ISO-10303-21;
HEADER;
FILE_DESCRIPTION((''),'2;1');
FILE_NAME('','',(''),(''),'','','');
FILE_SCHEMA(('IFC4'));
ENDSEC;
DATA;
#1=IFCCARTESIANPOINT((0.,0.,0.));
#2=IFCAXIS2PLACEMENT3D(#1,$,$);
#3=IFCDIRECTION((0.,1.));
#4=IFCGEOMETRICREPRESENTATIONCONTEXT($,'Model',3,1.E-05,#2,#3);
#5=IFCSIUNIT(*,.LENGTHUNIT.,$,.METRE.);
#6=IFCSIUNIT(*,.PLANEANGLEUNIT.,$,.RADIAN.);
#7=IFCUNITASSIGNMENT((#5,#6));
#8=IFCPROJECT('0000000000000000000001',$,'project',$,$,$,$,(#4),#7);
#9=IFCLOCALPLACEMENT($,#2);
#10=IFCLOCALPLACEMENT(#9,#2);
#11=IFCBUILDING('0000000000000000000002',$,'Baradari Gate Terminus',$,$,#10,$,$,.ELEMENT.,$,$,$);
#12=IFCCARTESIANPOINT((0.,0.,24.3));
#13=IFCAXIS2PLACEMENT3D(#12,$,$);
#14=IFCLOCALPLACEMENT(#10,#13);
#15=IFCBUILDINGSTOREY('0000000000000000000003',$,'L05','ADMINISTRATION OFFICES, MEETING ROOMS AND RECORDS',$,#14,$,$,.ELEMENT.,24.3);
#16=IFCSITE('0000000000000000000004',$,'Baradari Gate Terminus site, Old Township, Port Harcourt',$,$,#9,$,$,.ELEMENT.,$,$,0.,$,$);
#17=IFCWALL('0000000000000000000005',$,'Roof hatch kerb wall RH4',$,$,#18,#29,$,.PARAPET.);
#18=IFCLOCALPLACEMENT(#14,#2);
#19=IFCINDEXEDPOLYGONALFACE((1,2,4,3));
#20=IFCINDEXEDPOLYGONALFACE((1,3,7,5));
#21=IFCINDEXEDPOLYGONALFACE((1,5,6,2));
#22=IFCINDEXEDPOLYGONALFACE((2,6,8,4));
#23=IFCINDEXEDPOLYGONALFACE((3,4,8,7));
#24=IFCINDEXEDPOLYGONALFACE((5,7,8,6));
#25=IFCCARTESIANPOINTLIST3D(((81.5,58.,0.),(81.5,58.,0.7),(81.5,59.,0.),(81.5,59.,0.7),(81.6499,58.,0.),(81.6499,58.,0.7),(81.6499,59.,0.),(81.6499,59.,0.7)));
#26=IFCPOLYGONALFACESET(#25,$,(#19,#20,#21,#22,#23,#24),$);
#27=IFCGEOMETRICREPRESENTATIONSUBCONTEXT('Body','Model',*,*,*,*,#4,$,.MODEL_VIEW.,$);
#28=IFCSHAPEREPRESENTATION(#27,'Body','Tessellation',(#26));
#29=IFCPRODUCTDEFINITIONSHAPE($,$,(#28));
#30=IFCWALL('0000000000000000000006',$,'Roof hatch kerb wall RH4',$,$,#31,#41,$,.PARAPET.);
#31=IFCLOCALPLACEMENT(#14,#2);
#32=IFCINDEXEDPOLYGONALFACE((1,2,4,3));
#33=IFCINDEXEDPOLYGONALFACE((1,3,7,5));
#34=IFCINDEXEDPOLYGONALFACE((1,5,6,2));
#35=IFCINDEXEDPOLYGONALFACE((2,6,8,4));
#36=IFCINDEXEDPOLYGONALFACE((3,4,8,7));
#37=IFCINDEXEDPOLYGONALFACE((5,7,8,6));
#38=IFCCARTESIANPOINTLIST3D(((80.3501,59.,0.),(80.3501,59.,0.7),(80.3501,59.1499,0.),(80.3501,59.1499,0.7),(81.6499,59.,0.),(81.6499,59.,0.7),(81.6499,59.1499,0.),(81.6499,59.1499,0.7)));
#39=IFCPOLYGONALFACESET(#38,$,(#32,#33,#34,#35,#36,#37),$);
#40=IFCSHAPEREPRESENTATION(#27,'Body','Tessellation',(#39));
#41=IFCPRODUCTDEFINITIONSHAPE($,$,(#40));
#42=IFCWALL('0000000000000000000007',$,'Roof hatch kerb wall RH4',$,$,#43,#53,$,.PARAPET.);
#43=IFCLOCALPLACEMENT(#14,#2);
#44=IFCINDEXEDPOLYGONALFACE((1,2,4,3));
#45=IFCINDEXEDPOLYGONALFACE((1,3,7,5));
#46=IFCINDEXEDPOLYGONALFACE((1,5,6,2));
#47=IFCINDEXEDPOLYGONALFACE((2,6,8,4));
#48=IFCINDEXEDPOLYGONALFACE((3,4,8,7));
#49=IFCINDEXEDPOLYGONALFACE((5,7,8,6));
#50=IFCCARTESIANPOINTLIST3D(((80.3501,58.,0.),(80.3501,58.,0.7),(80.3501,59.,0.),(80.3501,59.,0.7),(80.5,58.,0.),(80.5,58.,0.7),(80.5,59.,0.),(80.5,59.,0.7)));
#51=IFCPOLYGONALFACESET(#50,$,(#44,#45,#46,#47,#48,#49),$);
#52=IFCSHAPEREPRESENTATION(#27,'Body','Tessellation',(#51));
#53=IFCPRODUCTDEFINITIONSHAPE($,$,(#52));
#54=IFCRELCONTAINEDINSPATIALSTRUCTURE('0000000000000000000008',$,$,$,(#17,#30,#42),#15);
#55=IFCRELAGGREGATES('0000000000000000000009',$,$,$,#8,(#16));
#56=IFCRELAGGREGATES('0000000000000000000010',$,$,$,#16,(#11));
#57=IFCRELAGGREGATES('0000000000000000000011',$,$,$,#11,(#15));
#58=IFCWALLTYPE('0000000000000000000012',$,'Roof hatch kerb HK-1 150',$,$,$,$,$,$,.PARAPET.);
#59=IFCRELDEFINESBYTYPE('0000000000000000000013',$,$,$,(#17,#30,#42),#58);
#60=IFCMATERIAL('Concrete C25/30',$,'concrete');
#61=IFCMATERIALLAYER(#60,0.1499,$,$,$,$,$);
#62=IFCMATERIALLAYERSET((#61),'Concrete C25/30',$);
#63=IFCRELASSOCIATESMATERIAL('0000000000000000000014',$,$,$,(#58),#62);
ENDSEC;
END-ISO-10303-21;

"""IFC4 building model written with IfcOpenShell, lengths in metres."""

from ifc_helpers import new_model, si_unit, direction, frame, frame_2d, origin, place, context, subcontext, project, spatial, rectangle, extrude, material, layer, layer_set, type_object, element, save


model = new_model("IFC4")

# Units and contexts
model_context = context("Model", 3, precision=1e-05, world=origin(), true_north=direction((0.0, 1.0)))
body_context = subcontext(model_context, "Body", "Model", "MODEL_VIEW")
ifc_project = project(units=[si_unit("LENGTHUNIT", "METRE"), si_unit("PLANEANGLEUNIT", "RADIAN")], contexts=[model_context])

# Site, building, storey
site_placement = place(None, origin())
site = spatial("IfcSite", under=ifc_project, at=site_placement, Name="Baradari Gate Terminus site, Old Township, Port Harcourt", CompositionType="ELEMENT", RefElevation=0.0)
building_placement = place(site_placement, origin())
building = spatial("IfcBuilding", under=site, at=building_placement, Name="Baradari Gate Terminus", CompositionType="ELEMENT")
storey_placement = place(building_placement, frame((0.0, 0.0, 24.3)))
storey = spatial("IfcBuildingStorey", under=building, at=storey_placement, Name="L05", Description="ADMINISTRATION OFFICES, MEETING ROOMS AND RECORDS", CompositionType="ELEMENT", Elevation=24.3)

# Walls
ifc_material_1 = material(Name="Concrete C25/30", Category="concrete")
ifc_layer_1 = layer(ifc_material_1, 0.1499)
ifc_layer_set_1 = layer_set([ifc_layer_1], Name="Concrete C25/30")
wall_type_1 = type_object("IfcWallType", Name="Roof hatch kerb HK-1 150", PredefinedType="PARAPET", material=ifc_layer_set_1)
wall_1_placement = place(storey_placement, frame((81.575, 58.0, 0.0), z_axis=(0.0, 0.0, 1.0), x_axis=(0.0, 1.0, 0.0)))
element("IfcWall", 1, at=wall_1_placement, inside=storey, type_object=wall_type_1, Name="Roof hatch kerb wall RH4", PredefinedType="PARAPET", context=body_context, shape_type="SweptSolid", body=[
    extrude(rectangle(XDim=1.0, YDim=0.1499, at=frame_2d((0.5, 0.0))), origin(), (0.0, 0.0, 1.0), 0.7),
])
wall_2_placement = place(storey_placement, frame((81.6499, 59.075, 0.0), z_axis=(0.0, 0.0, 1.0), x_axis=(-1.0, 0.0, 0.0)))
element("IfcWall", 2, at=wall_2_placement, inside=storey, type_object=wall_type_1, Name="Roof hatch kerb wall RH4", PredefinedType="PARAPET", context=body_context, shape_type="SweptSolid", body=[
    extrude(rectangle(XDim=1.2998, YDim=0.1499, at=frame_2d((0.6499, 0.0))), origin(), (0.0, 0.0, 1.0), 0.7),
])
wall_3_placement = place(storey_placement, frame((80.425, 59.0, 0.0), z_axis=(0.0, 0.0, 1.0), x_axis=(0.0, -1.0, 0.0)))
element("IfcWall", 3, at=wall_3_placement, inside=storey, type_object=wall_type_1, Name="Roof hatch kerb wall RH4", PredefinedType="PARAPET", context=body_context, shape_type="SweptSolid", body=[
    extrude(rectangle(XDim=1.0, YDim=0.1499, at=frame_2d((0.5, 0.0))), origin(), (0.0, 0.0, 1.0), 0.7),
])

save(model, "model.ifc")
